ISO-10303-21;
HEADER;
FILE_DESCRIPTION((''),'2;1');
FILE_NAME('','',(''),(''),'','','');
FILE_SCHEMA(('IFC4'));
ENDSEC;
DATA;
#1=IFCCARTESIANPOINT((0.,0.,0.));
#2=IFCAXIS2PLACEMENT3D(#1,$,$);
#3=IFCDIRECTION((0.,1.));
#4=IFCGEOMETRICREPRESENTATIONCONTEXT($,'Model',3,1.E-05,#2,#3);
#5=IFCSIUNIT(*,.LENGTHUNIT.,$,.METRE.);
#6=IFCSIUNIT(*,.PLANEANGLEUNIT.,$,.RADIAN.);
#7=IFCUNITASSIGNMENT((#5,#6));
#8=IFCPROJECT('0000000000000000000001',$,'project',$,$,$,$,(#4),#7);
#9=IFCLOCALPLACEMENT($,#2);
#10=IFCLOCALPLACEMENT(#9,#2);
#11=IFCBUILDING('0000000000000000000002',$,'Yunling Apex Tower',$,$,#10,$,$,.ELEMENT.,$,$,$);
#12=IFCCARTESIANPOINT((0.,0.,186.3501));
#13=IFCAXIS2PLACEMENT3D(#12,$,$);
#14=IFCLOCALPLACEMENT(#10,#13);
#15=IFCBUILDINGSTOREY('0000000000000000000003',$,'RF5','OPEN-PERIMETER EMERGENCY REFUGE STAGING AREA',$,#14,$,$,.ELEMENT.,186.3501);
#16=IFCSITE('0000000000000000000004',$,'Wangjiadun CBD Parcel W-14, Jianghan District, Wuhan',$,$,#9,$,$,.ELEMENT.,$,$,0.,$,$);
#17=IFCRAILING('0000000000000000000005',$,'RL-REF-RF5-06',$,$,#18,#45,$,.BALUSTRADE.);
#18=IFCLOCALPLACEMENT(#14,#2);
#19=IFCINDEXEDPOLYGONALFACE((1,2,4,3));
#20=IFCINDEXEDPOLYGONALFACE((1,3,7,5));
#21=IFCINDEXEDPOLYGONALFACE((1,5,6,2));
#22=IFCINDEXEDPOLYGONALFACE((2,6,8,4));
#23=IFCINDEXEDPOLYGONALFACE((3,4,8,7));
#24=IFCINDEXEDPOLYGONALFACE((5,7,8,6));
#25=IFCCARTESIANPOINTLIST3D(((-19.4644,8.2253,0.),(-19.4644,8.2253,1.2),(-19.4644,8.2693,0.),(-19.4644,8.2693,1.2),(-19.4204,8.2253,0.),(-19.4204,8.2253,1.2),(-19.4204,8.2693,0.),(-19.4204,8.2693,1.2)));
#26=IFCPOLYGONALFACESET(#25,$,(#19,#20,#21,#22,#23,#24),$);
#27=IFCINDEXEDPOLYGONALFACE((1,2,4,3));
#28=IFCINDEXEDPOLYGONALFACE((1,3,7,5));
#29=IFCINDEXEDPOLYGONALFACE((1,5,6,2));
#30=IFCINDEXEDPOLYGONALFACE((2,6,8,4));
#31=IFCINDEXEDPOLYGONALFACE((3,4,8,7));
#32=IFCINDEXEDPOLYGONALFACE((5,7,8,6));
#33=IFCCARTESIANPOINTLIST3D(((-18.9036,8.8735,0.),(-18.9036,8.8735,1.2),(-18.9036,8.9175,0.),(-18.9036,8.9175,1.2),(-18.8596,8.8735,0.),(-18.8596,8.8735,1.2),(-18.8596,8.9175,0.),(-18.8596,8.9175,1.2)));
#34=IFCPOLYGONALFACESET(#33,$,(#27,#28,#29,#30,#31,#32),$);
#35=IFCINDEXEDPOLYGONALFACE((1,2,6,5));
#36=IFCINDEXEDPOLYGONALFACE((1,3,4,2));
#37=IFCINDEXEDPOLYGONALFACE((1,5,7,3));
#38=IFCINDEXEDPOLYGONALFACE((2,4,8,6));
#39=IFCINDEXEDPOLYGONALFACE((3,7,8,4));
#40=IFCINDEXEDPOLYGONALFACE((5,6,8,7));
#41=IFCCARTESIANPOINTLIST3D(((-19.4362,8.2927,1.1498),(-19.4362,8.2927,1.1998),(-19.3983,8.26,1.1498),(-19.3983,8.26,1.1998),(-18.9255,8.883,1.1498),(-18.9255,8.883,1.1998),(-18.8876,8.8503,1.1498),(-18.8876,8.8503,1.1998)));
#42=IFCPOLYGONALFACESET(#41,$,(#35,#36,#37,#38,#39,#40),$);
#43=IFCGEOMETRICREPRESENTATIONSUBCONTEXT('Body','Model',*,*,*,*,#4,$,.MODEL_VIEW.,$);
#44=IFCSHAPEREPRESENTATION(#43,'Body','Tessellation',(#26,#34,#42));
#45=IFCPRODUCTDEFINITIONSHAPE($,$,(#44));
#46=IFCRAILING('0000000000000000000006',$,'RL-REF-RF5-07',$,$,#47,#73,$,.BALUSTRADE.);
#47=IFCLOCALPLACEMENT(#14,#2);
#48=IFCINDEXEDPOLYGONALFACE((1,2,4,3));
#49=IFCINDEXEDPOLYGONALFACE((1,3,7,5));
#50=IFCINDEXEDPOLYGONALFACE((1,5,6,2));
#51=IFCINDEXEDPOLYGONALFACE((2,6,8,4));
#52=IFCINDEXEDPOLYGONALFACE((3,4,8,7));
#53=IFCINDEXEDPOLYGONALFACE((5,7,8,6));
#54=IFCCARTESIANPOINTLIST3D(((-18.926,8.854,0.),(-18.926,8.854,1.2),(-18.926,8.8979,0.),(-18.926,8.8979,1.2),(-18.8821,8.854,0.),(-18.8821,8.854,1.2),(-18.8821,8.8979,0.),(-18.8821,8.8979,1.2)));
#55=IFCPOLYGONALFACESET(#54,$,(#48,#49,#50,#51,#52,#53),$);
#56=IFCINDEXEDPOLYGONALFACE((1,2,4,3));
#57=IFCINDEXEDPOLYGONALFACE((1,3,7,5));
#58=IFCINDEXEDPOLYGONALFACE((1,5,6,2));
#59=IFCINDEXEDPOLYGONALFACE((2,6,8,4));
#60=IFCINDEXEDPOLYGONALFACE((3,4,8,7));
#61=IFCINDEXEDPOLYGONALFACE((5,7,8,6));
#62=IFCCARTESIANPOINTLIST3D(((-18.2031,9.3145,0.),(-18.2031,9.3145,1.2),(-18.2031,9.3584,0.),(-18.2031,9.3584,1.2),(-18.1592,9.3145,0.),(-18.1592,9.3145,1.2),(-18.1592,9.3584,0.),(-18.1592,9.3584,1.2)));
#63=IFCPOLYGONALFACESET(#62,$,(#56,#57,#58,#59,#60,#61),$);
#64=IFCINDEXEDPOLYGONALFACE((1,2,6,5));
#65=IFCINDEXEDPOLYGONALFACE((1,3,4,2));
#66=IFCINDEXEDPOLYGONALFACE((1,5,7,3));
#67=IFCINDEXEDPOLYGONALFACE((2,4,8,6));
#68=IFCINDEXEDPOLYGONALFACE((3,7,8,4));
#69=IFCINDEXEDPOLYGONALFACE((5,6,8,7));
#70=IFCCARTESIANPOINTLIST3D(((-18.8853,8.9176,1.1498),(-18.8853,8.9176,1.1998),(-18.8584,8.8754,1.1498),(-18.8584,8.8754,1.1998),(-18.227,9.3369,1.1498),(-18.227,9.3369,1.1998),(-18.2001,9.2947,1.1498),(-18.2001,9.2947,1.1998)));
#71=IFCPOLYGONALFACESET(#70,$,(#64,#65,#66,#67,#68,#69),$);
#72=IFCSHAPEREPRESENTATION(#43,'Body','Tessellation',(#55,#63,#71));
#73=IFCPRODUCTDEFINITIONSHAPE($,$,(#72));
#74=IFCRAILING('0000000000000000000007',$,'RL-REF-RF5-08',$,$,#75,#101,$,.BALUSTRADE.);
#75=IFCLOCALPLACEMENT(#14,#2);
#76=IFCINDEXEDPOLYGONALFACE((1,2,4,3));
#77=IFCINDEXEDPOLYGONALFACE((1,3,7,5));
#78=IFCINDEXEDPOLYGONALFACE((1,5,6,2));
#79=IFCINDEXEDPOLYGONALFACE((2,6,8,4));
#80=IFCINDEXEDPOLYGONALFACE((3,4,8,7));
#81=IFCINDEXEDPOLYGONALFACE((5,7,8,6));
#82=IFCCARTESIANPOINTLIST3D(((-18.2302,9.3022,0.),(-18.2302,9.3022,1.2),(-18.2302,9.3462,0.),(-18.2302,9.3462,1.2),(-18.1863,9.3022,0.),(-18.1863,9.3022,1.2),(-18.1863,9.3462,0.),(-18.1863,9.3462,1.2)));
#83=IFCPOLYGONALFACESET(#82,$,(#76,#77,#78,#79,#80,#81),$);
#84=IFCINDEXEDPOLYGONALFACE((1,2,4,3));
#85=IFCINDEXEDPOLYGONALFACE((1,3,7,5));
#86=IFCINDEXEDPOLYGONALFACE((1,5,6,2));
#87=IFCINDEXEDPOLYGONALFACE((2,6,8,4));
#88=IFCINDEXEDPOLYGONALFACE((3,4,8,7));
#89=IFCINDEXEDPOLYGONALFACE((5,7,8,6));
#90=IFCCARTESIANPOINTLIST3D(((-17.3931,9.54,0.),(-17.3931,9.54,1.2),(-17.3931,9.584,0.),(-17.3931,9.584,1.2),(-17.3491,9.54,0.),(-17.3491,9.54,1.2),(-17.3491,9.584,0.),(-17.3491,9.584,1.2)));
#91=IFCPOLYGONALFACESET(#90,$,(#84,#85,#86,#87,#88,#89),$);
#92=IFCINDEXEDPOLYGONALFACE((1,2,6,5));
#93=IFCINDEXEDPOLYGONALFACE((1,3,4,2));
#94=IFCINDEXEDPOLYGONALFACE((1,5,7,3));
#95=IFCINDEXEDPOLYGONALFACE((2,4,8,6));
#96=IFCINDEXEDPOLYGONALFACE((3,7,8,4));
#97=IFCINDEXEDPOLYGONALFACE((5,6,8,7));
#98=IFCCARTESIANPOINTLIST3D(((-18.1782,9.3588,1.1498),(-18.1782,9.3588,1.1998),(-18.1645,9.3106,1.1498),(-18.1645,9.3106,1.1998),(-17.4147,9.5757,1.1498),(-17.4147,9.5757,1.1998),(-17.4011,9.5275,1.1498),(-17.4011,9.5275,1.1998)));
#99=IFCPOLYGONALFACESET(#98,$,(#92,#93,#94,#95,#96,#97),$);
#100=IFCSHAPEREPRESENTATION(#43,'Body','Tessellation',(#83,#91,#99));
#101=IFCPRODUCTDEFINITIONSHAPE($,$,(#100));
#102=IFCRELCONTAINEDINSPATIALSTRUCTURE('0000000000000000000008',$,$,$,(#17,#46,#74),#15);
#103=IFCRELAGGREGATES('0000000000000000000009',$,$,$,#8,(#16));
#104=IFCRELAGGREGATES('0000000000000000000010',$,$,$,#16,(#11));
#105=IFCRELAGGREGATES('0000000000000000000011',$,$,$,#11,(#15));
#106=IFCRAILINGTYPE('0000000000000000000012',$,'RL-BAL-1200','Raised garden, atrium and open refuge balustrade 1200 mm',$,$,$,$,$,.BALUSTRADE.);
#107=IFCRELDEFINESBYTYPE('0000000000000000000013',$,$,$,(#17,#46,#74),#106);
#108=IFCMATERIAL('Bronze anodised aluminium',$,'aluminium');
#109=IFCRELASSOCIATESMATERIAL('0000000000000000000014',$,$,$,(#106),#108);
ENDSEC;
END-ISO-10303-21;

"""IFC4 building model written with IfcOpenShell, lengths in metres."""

from ifc_helpers import new_model, si_unit, direction, frame, origin, origin_2d, place, context, subcontext, project, spatial, rectangle, extrude, material, type_object, element, save


model = new_model("IFC4")

# Units and contexts
model_context = context("Model", 3, precision=1e-05, world=origin(), true_north=direction((0.0, 1.0)))
body_context = subcontext(model_context, "Body", "Model", "MODEL_VIEW")
ifc_project = project(units=[si_unit("LENGTHUNIT", "METRE"), si_unit("PLANEANGLEUNIT", "RADIAN")], contexts=[model_context])

# Site, building, storey
site_placement = place(None, origin())
site = spatial("IfcSite", under=ifc_project, at=site_placement, Name="Wangjiadun CBD Parcel W-14, Jianghan District, Wuhan", CompositionType="ELEMENT", RefElevation=0.0)
building_placement = place(site_placement, origin())
building = spatial("IfcBuilding", under=site, at=building_placement, Name="Yunling Apex Tower", CompositionType="ELEMENT")
storey_placement = place(building_placement, frame((0.0, 0.0, 186.3501)))
storey = spatial("IfcBuildingStorey", under=building, at=storey_placement, Name="RF5", Description="OPEN-PERIMETER EMERGENCY REFUGE STAGING AREA", CompositionType="ELEMENT", Elevation=186.3501)

# Railings
ifc_material_1 = material(Name="Bronze anodised aluminium", Category="aluminium")
railing_type = type_object("IfcRailingType", Name="RL-BAL-1200", Description="Raised garden, atrium and open refuge balustrade 1200 mm", PredefinedType="BALUSTRADE", material=ifc_material_1)
railing_1_placement = place(storey_placement, frame((-19.4424, 8.2473, 0.0)))
element("IfcRailing", 1, at=railing_1_placement, inside=storey, type_object=railing_type, Name="RL-REF-RF5-06", PredefinedType="BALUSTRADE", context=body_context, shape_type="SweptSolid", body=[
    extrude(rectangle(XDim=0.0439, YDim=0.0439, at=origin_2d()), origin(), (0.0, 0.0, 1.0), 1.2),
    extrude(rectangle(XDim=0.0439, YDim=0.0439, at=origin_2d()), frame((0.5608, 0.6482, 0.0)), (0.0, 0.0, 1.0), 1.2),
    extrude(rectangle(XDim=0.05, YDim=0.05, at=origin_2d()), frame((0.0251, 0.0291, 1.1748), z_axis=(0.65428, 0.756253, 0.0), x_axis=(-0.756253, 0.65428, 0.0)), (0.0, 0.0, 1.0), 0.7805),
])
railing_2_placement = place(storey_placement, frame((-18.9041, 8.876, 0.0)))
element("IfcRailing", 2, at=railing_2_placement, inside=storey, type_object=railing_type, Name="RL-REF-RF5-07", PredefinedType="BALUSTRADE", context=body_context, shape_type="SweptSolid", body=[
    extrude(rectangle(XDim=0.0439, YDim=0.0439, at=origin_2d()), origin(), (0.0, 0.0, 1.0), 1.2),
    extrude(rectangle(XDim=0.0439, YDim=0.0439, at=origin_2d()), frame((0.7229, 0.4604, 0.0)), (0.0, 0.0, 1.0), 1.2),
    extrude(rectangle(XDim=0.05, YDim=0.05, at=origin_2d()), frame((0.0322, 0.0205, 1.1748), z_axis=(0.843439, 0.537226, 0.0), x_axis=(-0.537226, 0.843439, 0.0)), (0.0, 0.0, 1.0), 0.7805),
])
railing_3_placement = place(storey_placement, frame((-18.2083, 9.3242, 0.0)))
element("IfcRailing", 3, at=railing_3_placement, inside=storey, type_object=railing_type, Name="RL-REF-RF5-08", PredefinedType="BALUSTRADE", context=body_context, shape_type="SweptSolid", body=[
    extrude(rectangle(XDim=0.0439, YDim=0.0439, at=origin_2d()), origin(), (0.0, 0.0, 1.0), 1.2),
    extrude(rectangle(XDim=0.0439, YDim=0.0439, at=origin_2d()), frame((0.8372, 0.2378, 0.0)), (0.0, 0.0, 1.0), 1.2),
    extrude(rectangle(XDim=0.05, YDim=0.05, at=origin_2d()), frame((0.0369, 0.0105, 1.1748), z_axis=(0.961946, 0.273239, 0.0), x_axis=(-0.273239, 0.961946, 0.0)), (0.0, 0.0, 1.0), 0.7937),
])

save(model, "model.ifc")
